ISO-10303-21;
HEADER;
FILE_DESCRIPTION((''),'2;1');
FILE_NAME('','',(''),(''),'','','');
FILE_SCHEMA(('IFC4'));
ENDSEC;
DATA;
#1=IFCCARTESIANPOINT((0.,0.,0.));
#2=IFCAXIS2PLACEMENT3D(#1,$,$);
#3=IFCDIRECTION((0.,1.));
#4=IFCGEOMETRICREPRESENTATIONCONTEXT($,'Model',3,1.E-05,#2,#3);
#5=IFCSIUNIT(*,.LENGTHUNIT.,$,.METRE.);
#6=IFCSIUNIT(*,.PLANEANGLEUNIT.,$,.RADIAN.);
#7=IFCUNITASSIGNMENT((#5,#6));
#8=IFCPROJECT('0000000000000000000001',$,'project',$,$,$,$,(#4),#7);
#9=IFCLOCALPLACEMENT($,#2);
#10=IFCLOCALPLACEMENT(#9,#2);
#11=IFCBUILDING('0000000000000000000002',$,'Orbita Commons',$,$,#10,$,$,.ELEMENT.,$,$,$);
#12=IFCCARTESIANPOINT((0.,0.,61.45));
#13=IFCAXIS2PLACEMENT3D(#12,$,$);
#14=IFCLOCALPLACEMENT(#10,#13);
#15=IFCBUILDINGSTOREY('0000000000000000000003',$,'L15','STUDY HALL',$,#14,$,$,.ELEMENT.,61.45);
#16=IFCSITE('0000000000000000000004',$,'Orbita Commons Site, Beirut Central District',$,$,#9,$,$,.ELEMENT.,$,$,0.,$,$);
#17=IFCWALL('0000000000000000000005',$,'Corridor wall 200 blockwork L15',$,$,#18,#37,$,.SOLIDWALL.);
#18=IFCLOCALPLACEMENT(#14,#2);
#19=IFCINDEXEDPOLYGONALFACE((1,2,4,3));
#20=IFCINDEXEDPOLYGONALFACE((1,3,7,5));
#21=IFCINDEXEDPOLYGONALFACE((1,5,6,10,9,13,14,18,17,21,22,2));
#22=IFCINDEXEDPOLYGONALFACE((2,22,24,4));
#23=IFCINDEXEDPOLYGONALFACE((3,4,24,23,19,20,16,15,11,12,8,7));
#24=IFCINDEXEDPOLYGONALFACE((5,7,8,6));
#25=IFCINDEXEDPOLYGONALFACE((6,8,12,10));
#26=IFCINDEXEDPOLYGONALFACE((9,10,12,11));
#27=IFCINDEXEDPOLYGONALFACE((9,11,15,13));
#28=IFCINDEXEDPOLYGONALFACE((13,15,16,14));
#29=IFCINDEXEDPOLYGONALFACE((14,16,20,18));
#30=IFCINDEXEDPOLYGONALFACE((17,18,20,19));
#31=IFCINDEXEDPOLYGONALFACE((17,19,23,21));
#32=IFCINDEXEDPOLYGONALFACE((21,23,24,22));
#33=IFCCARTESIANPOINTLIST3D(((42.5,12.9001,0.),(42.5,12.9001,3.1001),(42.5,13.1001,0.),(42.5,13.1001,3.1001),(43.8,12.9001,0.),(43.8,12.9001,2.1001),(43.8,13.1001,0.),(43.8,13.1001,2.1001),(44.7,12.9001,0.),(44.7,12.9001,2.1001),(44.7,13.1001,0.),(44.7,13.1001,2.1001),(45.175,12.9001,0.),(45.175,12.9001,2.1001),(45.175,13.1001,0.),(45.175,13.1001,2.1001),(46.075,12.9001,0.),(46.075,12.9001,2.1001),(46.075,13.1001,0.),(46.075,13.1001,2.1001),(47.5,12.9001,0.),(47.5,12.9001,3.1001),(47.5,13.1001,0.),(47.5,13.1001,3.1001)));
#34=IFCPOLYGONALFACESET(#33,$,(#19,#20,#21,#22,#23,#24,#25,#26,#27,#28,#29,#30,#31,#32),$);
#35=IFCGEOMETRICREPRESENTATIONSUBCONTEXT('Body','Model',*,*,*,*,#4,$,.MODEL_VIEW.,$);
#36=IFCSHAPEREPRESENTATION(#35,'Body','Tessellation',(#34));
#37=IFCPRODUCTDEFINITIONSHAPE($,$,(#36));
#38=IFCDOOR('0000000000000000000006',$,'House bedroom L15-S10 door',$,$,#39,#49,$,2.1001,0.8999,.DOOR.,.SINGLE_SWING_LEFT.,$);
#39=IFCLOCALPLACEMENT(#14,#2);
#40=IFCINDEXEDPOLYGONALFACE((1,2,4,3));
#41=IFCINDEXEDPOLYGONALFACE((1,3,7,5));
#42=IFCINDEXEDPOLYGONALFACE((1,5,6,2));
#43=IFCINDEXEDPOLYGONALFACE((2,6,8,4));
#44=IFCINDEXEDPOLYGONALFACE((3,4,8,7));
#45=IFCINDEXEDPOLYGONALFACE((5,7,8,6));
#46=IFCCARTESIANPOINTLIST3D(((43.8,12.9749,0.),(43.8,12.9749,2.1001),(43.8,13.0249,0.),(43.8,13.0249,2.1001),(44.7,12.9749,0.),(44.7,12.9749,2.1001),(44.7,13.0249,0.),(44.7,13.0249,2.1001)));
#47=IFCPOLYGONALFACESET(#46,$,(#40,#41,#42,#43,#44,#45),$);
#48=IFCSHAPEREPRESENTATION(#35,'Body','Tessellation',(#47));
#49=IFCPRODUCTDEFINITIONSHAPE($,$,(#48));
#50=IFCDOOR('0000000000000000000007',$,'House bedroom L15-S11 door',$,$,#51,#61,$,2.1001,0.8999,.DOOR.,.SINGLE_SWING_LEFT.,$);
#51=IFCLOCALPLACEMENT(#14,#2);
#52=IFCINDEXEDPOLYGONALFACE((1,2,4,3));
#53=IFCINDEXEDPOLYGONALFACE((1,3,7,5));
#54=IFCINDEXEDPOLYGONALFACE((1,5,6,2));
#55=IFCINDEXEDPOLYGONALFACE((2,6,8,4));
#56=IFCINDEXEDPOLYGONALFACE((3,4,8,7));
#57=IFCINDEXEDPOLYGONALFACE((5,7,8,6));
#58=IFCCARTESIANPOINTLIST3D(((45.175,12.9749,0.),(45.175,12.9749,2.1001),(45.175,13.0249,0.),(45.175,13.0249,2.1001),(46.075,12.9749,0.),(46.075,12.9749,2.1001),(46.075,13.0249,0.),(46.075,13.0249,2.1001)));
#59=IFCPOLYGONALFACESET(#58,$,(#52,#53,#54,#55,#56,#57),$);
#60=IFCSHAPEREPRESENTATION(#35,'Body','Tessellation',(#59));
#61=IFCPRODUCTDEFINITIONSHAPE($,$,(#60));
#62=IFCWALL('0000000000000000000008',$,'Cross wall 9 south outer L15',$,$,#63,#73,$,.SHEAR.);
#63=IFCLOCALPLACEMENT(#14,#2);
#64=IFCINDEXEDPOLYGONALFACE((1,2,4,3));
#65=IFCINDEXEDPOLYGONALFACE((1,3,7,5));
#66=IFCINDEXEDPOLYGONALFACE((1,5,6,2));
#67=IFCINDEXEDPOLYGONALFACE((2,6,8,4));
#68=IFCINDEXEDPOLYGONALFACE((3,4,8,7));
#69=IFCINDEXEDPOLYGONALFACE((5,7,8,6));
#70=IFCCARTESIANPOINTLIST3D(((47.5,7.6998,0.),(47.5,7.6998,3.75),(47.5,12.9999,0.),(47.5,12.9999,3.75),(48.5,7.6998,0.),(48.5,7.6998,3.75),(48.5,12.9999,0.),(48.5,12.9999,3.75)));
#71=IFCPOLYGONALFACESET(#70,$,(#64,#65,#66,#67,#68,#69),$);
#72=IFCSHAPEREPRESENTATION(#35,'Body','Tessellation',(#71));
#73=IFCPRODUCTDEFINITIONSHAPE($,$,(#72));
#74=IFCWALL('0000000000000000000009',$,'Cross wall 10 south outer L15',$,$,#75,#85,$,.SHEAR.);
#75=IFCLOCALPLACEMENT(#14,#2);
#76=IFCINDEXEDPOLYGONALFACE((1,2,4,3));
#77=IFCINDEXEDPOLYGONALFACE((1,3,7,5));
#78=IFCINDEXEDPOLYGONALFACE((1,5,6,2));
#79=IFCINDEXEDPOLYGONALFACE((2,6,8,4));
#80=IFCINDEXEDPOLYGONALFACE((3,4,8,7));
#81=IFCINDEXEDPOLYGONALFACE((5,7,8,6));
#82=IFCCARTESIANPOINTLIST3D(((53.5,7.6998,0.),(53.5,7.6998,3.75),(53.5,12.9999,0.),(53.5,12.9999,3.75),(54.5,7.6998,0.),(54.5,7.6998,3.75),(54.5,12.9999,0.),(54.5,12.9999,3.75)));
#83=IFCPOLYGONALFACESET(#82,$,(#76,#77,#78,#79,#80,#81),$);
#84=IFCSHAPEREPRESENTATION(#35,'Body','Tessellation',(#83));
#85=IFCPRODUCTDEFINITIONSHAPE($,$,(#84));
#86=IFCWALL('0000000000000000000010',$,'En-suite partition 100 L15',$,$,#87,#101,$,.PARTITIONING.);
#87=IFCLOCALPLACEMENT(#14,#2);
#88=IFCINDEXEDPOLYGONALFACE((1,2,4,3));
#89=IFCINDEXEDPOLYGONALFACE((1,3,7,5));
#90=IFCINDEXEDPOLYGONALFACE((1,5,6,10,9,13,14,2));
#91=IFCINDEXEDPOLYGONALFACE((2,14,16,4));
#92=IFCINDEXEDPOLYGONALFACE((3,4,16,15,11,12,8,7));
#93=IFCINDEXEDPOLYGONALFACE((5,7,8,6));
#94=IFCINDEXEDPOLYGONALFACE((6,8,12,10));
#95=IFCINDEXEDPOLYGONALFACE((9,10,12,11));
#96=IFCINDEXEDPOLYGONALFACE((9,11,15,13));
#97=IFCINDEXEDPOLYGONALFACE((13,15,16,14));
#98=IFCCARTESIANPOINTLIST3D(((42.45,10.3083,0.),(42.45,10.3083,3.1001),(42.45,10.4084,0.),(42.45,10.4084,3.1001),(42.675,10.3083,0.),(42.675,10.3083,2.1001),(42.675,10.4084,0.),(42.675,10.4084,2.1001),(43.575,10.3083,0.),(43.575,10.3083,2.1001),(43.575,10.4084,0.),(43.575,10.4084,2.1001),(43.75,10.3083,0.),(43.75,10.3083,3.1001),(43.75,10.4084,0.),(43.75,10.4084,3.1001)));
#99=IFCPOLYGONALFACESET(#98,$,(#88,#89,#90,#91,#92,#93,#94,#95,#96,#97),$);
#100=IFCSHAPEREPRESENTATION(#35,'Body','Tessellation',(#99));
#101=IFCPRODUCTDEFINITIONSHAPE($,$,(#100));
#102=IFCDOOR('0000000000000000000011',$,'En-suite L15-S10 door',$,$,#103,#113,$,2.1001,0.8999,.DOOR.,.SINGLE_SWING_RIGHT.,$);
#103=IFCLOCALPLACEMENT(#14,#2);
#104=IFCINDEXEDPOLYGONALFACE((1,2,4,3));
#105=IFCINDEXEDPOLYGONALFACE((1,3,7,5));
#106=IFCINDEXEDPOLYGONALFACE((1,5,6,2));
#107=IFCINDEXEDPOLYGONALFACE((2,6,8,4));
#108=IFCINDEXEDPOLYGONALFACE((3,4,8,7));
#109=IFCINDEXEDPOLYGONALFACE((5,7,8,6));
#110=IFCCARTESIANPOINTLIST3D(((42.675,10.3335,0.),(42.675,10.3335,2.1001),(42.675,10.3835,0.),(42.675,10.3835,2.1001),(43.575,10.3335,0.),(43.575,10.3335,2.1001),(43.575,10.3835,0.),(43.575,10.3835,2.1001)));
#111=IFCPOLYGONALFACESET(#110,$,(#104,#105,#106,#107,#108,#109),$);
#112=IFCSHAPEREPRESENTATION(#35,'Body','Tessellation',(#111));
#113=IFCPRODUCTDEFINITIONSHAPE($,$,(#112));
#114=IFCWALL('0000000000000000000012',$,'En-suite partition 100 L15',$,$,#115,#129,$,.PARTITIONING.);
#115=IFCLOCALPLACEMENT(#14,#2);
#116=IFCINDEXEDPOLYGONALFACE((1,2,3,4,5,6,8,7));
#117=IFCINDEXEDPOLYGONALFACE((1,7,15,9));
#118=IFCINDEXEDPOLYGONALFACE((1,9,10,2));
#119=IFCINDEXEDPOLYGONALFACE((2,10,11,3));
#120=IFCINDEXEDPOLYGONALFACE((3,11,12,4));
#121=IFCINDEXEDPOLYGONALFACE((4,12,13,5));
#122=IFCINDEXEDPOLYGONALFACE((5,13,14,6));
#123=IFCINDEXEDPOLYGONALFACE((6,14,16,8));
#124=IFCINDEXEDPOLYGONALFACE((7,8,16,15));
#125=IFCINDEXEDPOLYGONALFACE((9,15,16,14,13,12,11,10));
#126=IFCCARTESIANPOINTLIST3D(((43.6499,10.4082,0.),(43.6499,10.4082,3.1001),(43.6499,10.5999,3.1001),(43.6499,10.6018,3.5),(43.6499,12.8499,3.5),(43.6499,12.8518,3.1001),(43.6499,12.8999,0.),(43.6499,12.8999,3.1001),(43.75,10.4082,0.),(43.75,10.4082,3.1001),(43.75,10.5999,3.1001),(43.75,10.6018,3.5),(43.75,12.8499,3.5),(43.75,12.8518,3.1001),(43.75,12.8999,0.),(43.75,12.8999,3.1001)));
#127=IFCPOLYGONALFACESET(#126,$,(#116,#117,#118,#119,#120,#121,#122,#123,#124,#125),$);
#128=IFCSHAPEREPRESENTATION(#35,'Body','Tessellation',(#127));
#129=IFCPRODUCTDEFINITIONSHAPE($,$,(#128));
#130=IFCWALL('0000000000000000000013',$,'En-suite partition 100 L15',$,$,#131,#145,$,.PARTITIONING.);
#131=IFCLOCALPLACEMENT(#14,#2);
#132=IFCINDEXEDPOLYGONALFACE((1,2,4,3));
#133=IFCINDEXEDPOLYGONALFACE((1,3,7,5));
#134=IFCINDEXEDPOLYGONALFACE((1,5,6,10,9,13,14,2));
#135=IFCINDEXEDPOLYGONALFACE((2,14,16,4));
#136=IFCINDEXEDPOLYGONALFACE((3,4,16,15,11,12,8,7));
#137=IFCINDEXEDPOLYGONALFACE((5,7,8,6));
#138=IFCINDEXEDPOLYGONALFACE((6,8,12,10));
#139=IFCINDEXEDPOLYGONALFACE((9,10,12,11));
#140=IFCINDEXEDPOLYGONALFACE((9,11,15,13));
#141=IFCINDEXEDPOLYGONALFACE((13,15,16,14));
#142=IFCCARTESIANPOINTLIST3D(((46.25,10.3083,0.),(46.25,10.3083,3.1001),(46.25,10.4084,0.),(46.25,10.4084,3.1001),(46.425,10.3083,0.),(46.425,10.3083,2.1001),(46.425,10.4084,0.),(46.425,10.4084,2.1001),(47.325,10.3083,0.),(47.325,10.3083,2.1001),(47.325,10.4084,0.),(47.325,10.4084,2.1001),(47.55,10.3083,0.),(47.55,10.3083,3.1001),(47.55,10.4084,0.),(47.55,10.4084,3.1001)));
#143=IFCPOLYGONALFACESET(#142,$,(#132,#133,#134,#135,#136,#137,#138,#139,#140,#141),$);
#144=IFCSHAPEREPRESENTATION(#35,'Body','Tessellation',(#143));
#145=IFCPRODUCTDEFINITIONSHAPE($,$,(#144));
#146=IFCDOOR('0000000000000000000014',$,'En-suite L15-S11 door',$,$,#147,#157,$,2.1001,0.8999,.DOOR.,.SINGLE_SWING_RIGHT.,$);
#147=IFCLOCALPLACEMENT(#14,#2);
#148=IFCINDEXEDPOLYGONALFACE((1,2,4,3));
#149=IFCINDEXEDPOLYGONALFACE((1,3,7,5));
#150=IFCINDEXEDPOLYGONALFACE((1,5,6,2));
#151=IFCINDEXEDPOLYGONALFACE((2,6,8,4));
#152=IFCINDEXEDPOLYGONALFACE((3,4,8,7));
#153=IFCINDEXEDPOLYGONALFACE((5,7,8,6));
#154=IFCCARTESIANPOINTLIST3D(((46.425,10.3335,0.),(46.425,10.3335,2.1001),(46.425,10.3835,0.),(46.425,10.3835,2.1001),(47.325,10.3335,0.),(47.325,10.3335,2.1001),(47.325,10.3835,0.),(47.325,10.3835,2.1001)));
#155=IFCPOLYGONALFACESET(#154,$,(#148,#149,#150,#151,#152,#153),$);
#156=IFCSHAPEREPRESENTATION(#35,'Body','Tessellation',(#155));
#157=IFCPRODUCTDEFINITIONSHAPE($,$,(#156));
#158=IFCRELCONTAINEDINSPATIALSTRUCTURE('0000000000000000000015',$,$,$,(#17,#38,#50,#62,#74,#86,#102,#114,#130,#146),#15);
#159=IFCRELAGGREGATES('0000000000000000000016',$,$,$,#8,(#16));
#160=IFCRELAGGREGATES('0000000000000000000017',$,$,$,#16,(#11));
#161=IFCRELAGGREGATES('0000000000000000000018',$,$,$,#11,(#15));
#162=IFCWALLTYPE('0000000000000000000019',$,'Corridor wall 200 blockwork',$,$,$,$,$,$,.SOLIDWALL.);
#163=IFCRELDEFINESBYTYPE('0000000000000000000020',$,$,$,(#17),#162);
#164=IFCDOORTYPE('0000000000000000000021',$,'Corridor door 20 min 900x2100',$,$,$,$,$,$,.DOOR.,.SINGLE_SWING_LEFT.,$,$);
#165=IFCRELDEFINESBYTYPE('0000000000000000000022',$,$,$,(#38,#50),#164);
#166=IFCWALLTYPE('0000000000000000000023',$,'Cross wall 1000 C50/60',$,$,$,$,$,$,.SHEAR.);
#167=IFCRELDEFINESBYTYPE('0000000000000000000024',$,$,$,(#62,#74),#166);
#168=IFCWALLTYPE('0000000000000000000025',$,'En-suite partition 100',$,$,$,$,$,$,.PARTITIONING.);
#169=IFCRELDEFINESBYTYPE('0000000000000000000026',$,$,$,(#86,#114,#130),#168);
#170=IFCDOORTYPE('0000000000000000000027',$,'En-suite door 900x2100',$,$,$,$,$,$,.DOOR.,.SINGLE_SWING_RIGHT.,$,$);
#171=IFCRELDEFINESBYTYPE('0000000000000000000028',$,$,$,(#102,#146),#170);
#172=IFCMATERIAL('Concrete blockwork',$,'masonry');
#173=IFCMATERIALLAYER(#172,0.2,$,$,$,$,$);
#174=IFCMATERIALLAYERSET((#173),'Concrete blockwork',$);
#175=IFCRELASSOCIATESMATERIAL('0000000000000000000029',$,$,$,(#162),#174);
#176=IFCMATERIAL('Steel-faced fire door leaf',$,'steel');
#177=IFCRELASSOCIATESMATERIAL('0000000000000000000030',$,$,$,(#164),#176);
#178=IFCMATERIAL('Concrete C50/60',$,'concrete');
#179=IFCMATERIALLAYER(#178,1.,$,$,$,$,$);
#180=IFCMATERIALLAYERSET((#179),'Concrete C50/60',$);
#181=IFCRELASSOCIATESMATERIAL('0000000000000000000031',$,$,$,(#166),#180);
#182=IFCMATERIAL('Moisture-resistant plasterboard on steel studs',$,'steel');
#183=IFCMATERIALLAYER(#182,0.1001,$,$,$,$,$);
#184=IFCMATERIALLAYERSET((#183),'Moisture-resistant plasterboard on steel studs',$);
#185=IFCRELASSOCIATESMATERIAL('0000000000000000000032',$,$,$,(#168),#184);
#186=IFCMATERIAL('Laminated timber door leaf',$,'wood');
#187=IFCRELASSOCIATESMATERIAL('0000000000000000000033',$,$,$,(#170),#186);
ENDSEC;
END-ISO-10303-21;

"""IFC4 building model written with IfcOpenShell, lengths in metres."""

from ifc_helpers import new_model, si_unit, direction, frame, frame_2d, origin, place, context, subcontext, project, spatial, polyline, rectangle, outline, extrude, material, layer, layer_set, type_object, element, fill, save


model = new_model("IFC4")

# Units and contexts
model_context = context("Model", 3, precision=1e-05, world=origin(), true_north=direction((0.0, 1.0)))
body_context = subcontext(model_context, "Body", "Model", "MODEL_VIEW")
ifc_project = project(units=[si_unit("LENGTHUNIT", "METRE"), si_unit("PLANEANGLEUNIT", "RADIAN")], contexts=[model_context])

# Site, building, storey
site_placement = place(None, origin())
site = spatial("IfcSite", under=ifc_project, at=site_placement, Name="Orbita Commons Site, Beirut Central District", CompositionType="ELEMENT", RefElevation=0.0)
building_placement = place(site_placement, origin())
building = spatial("IfcBuilding", under=site, at=building_placement, Name="Orbita Commons", CompositionType="ELEMENT")
storey_placement = place(building_placement, frame((0.0, 0.0, 61.45)))
storey = spatial("IfcBuildingStorey", under=building, at=storey_placement, Name="L15", Description="STUDY HALL", CompositionType="ELEMENT", Elevation=61.45)

# Wall, openings, doors
ifc_material_1 = material(Name="Concrete blockwork", Category="masonry")
ifc_layer_1 = layer(ifc_material_1, 0.2)
ifc_layer_set_1 = layer_set([ifc_layer_1], Name="Concrete blockwork")
wall_type_1 = type_object("IfcWallType", Name="Corridor wall 200 blockwork", PredefinedType="SOLIDWALL", material=ifc_layer_set_1)
wall_1_placement = place(storey_placement, frame((42.5, 13.0, 0.0), z_axis=(0.0, 0.0, 1.0), x_axis=(1.0, 0.0, 0.0)))
wall_1 = element("IfcWall", 1, at=wall_1_placement, inside=storey, type_object=wall_type_1, Name="Corridor wall 200 blockwork L15", PredefinedType="SOLIDWALL", context=body_context, shape_type="SweptSolid", body=[
    extrude(outline(polyline([(0.0, 0.0), (5.0, 0.0), (5.0, 3.1001), (0.0, 3.1001), (0.0, 0.0)])), frame((0.0, 0.1001, 0.0), z_axis=(0.0, -1.0, 0.0), x_axis=(1.0, 0.0, 0.0)), (0.0, 0.0, 1.0), 0.2),
])
opening_1_placement = place(wall_1_placement, frame((1.3, 0.0, 0.0)))
opening_1 = element("IfcOpeningElement", 2, at=opening_1_placement, cuts=wall_1, PredefinedType="OPENING", context=body_context, shape_type="SweptSolid", body=[
    extrude(rectangle(XDim=0.8999, YDim=2.1001, at=frame_2d((0.45, 1.05))), frame((0.0, 0.1099, 0.0), z_axis=(0.0, -1.0, 0.0), x_axis=(1.0, 0.0, 0.0)), (0.0, 0.0, 1.0), 0.22),
])
opening_2_placement = place(wall_1_placement, frame((2.675, 0.0, 0.0)))
opening_2 = element("IfcOpeningElement", 3, at=opening_2_placement, cuts=wall_1, PredefinedType="OPENING", context=body_context, shape_type="SweptSolid", body=[
    extrude(rectangle(XDim=0.8999, YDim=2.1001, at=frame_2d((0.45, 1.05))), frame((0.0, 0.1099, 0.0), z_axis=(0.0, -1.0, 0.0), x_axis=(1.0, 0.0, 0.0)), (0.0, 0.0, 1.0), 0.22),
])
ifc_material_2 = material(Name="Steel-faced fire door leaf", Category="steel")
door_type_1 = type_object("IfcDoorType", Name="Corridor door 20 min 900x2100", OperationType="SINGLE_SWING_LEFT", PredefinedType="DOOR", material=ifc_material_2)
door_1_placement = place(opening_1_placement, origin())
door_1 = element("IfcDoor", 4, at=door_1_placement, inside=storey, type_object=door_type_1, Name="House bedroom L15-S10 door", OperationType="SINGLE_SWING_LEFT", OverallHeight=2.1001, OverallWidth=0.8999, PredefinedType="DOOR", context=body_context, shape_type="SweptSolid", body=[
    extrude(rectangle(XDim=0.8999, YDim=2.1001, at=frame_2d((0.45, 1.05))), frame((0.0, 0.0249, 0.0), z_axis=(0.0, -1.0, 0.0), x_axis=(1.0, 0.0, 0.0)), (0.0, 0.0, 1.0), 0.05),
])
fill(opening_1, door_1)
door_2_placement = place(opening_2_placement, origin())
door_2 = element("IfcDoor", 5, at=door_2_placement, inside=storey, type_object=door_type_1, Name="House bedroom L15-S11 door", OperationType="SINGLE_SWING_LEFT", OverallHeight=2.1001, OverallWidth=0.8999, PredefinedType="DOOR", context=body_context, shape_type="SweptSolid", body=[
    extrude(rectangle(XDim=0.8999, YDim=2.1001, at=frame_2d((0.45, 1.05))), frame((0.0, 0.0249, 0.0), z_axis=(0.0, -1.0, 0.0), x_axis=(1.0, 0.0, 0.0)), (0.0, 0.0, 1.0), 0.05),
])
fill(opening_2, door_2)

# Walls
ifc_material_3 = material(Name="Concrete C50/60", Category="concrete")
ifc_layer_2 = layer(ifc_material_3, 1.0)
ifc_layer_set_2 = layer_set([ifc_layer_2], Name="Concrete C50/60")
wall_type_2 = type_object("IfcWallType", Name="Cross wall 1000 C50/60", PredefinedType="SHEAR", material=ifc_layer_set_2)
for number, where, z_axis, x_axis, name in (
    (6, (48.0, 7.7, 0.0), (0.0, 0.0, 1.0), (0.0, 1.0, 0.0), "Cross wall 9 south outer L15"),
    (7, (54.0, 7.7, 0.0), (0.0, 0.0, 1.0), (0.0, 1.0, 0.0), "Cross wall 10 south outer L15"),
):
    element("IfcWall", number, at=place(storey_placement, frame(where, z_axis=z_axis, x_axis=x_axis)), inside=storey, type_object=wall_type_2, Name=name, PredefinedType="SHEAR", context=body_context, shape_type="SweptSolid", body=[
        extrude(rectangle(XDim=5.3, YDim=1.0, at=frame_2d((2.6499, 0.0))), origin(), (0.0, 0.0, 1.0), 3.75),
    ])

# Wall, opening, door
ifc_material_4 = material(Name="Moisture-resistant plasterboard on steel studs", Category="steel")
ifc_layer_3 = layer(ifc_material_4, 0.1001)
ifc_layer_set_3 = layer_set([ifc_layer_3], Name="Moisture-resistant plasterboard on steel studs")
wall_type_3 = type_object("IfcWallType", Name="En-suite partition 100", PredefinedType="PARTITIONING", material=ifc_layer_set_3)
wall_2_placement = place(storey_placement, frame((43.75, 10.3584, 0.0), z_axis=(0.0, 0.0, 1.0), x_axis=(-1.0, 0.0, 0.0)))
wall_2 = element("IfcWall", 8, at=wall_2_placement, inside=storey, type_object=wall_type_3, Name="En-suite partition 100 L15", PredefinedType="PARTITIONING", context=body_context, shape_type="SweptSolid", body=[
    extrude(outline(polyline([(0.0, 0.0), (1.3, 0.0), (1.3, 3.1001), (0.0, 3.1001), (0.0, 0.0)])), frame((0.0, 0.05, 0.0), z_axis=(0.0, -1.0, 0.0), x_axis=(1.0, 0.0, 0.0)), (0.0, 0.0, 1.0), 0.1001),
])
opening_3_placement = place(wall_2_placement, frame((0.175, 0.0, 0.0)))
opening_3 = element("IfcOpeningElement", 9, at=opening_3_placement, cuts=wall_2, PredefinedType="OPENING", context=body_context, shape_type="SweptSolid", body=[
    extrude(rectangle(XDim=0.8999, YDim=2.1001, at=frame_2d((0.45, 1.05))), frame((0.0, 0.0601, 0.0), z_axis=(0.0, -1.0, 0.0), x_axis=(1.0, 0.0, 0.0)), (0.0, 0.0, 1.0), 0.1201),
])
ifc_material_5 = material(Name="Laminated timber door leaf", Category="wood")
door_type_2 = type_object("IfcDoorType", Name="En-suite door 900x2100", OperationType="SINGLE_SWING_RIGHT", PredefinedType="DOOR", material=ifc_material_5)
door_3_placement = place(opening_3_placement, origin())
door_3 = element("IfcDoor", 10, at=door_3_placement, inside=storey, type_object=door_type_2, Name="En-suite L15-S10 door", OperationType="SINGLE_SWING_RIGHT", OverallHeight=2.1001, OverallWidth=0.8999, PredefinedType="DOOR", context=body_context, shape_type="SweptSolid", body=[
    extrude(rectangle(XDim=0.8999, YDim=2.1001, at=frame_2d((0.45, 1.05))), frame((0.0, 0.0249, 0.0), z_axis=(0.0, -1.0, 0.0), x_axis=(1.0, 0.0, 0.0)), (0.0, 0.0, 1.0), 0.05),
])
fill(opening_3, door_3)

# Wall
wall_3_placement = place(storey_placement, frame((43.7, 10.4082, 0.0), z_axis=(0.0, 0.0, 1.0), x_axis=(0.0, 1.0, 0.0)))
element("IfcWall", 11, at=wall_3_placement, inside=storey, type_object=wall_type_3, Name="En-suite partition 100 L15", PredefinedType="PARTITIONING", context=body_context, shape_type="SweptSolid", body=[
    extrude(outline(polyline([(0.0, 0.0), (2.4917, 0.0), (2.4917, 3.1001), (2.4436, 3.1001), (2.4417, 3.5), (0.1936, 3.5), (0.1917, 3.1001), (0.0, 3.1001), (0.0, 0.0)])), frame((0.0, 0.05, 0.0), z_axis=(0.0, -1.0, 0.0), x_axis=(1.0, 0.0, 0.0)), (0.0, 0.0, 1.0), 0.1001),
])

# Wall, opening, door
wall_4_placement = place(storey_placement, frame((47.55, 10.3584, 0.0), z_axis=(0.0, 0.0, 1.0), x_axis=(-1.0, 0.0, 0.0)))
wall_4 = element("IfcWall", 12, at=wall_4_placement, inside=storey, type_object=wall_type_3, Name="En-suite partition 100 L15", PredefinedType="PARTITIONING", context=body_context, shape_type="SweptSolid", body=[
    extrude(outline(polyline([(0.0, 0.0), (1.3, 0.0), (1.3, 3.1001), (0.0, 3.1001), (0.0, 0.0)])), frame((0.0, 0.05, 0.0), z_axis=(0.0, -1.0, 0.0), x_axis=(1.0, 0.0, 0.0)), (0.0, 0.0, 1.0), 0.1001),
])
opening_4_placement = place(wall_4_placement, frame((0.2251, 0.0, 0.0)))
opening_4 = element("IfcOpeningElement", 13, at=opening_4_placement, cuts=wall_4, PredefinedType="OPENING", context=body_context, shape_type="SweptSolid", body=[
    extrude(rectangle(XDim=0.8999, YDim=2.1001, at=frame_2d((0.45, 1.05))), frame((0.0, 0.0601, 0.0), z_axis=(0.0, -1.0, 0.0), x_axis=(1.0, 0.0, 0.0)), (0.0, 0.0, 1.0), 0.1201),
])
door_4_placement = place(opening_4_placement, origin())
door_4 = element("IfcDoor", 14, at=door_4_placement, inside=storey, type_object=door_type_2, Name="En-suite L15-S11 door", OperationType="SINGLE_SWING_RIGHT", OverallHeight=2.1001, OverallWidth=0.8999, PredefinedType="DOOR", context=body_context, shape_type="SweptSolid", body=[
    extrude(rectangle(XDim=0.8999, YDim=2.1001, at=frame_2d((0.45, 1.05))), frame((0.0, 0.0249, 0.0), z_axis=(0.0, -1.0, 0.0), x_axis=(1.0, 0.0, 0.0)), (0.0, 0.0, 1.0), 0.05),
])
fill(opening_4, door_4)

save(model, "model.ifc")
